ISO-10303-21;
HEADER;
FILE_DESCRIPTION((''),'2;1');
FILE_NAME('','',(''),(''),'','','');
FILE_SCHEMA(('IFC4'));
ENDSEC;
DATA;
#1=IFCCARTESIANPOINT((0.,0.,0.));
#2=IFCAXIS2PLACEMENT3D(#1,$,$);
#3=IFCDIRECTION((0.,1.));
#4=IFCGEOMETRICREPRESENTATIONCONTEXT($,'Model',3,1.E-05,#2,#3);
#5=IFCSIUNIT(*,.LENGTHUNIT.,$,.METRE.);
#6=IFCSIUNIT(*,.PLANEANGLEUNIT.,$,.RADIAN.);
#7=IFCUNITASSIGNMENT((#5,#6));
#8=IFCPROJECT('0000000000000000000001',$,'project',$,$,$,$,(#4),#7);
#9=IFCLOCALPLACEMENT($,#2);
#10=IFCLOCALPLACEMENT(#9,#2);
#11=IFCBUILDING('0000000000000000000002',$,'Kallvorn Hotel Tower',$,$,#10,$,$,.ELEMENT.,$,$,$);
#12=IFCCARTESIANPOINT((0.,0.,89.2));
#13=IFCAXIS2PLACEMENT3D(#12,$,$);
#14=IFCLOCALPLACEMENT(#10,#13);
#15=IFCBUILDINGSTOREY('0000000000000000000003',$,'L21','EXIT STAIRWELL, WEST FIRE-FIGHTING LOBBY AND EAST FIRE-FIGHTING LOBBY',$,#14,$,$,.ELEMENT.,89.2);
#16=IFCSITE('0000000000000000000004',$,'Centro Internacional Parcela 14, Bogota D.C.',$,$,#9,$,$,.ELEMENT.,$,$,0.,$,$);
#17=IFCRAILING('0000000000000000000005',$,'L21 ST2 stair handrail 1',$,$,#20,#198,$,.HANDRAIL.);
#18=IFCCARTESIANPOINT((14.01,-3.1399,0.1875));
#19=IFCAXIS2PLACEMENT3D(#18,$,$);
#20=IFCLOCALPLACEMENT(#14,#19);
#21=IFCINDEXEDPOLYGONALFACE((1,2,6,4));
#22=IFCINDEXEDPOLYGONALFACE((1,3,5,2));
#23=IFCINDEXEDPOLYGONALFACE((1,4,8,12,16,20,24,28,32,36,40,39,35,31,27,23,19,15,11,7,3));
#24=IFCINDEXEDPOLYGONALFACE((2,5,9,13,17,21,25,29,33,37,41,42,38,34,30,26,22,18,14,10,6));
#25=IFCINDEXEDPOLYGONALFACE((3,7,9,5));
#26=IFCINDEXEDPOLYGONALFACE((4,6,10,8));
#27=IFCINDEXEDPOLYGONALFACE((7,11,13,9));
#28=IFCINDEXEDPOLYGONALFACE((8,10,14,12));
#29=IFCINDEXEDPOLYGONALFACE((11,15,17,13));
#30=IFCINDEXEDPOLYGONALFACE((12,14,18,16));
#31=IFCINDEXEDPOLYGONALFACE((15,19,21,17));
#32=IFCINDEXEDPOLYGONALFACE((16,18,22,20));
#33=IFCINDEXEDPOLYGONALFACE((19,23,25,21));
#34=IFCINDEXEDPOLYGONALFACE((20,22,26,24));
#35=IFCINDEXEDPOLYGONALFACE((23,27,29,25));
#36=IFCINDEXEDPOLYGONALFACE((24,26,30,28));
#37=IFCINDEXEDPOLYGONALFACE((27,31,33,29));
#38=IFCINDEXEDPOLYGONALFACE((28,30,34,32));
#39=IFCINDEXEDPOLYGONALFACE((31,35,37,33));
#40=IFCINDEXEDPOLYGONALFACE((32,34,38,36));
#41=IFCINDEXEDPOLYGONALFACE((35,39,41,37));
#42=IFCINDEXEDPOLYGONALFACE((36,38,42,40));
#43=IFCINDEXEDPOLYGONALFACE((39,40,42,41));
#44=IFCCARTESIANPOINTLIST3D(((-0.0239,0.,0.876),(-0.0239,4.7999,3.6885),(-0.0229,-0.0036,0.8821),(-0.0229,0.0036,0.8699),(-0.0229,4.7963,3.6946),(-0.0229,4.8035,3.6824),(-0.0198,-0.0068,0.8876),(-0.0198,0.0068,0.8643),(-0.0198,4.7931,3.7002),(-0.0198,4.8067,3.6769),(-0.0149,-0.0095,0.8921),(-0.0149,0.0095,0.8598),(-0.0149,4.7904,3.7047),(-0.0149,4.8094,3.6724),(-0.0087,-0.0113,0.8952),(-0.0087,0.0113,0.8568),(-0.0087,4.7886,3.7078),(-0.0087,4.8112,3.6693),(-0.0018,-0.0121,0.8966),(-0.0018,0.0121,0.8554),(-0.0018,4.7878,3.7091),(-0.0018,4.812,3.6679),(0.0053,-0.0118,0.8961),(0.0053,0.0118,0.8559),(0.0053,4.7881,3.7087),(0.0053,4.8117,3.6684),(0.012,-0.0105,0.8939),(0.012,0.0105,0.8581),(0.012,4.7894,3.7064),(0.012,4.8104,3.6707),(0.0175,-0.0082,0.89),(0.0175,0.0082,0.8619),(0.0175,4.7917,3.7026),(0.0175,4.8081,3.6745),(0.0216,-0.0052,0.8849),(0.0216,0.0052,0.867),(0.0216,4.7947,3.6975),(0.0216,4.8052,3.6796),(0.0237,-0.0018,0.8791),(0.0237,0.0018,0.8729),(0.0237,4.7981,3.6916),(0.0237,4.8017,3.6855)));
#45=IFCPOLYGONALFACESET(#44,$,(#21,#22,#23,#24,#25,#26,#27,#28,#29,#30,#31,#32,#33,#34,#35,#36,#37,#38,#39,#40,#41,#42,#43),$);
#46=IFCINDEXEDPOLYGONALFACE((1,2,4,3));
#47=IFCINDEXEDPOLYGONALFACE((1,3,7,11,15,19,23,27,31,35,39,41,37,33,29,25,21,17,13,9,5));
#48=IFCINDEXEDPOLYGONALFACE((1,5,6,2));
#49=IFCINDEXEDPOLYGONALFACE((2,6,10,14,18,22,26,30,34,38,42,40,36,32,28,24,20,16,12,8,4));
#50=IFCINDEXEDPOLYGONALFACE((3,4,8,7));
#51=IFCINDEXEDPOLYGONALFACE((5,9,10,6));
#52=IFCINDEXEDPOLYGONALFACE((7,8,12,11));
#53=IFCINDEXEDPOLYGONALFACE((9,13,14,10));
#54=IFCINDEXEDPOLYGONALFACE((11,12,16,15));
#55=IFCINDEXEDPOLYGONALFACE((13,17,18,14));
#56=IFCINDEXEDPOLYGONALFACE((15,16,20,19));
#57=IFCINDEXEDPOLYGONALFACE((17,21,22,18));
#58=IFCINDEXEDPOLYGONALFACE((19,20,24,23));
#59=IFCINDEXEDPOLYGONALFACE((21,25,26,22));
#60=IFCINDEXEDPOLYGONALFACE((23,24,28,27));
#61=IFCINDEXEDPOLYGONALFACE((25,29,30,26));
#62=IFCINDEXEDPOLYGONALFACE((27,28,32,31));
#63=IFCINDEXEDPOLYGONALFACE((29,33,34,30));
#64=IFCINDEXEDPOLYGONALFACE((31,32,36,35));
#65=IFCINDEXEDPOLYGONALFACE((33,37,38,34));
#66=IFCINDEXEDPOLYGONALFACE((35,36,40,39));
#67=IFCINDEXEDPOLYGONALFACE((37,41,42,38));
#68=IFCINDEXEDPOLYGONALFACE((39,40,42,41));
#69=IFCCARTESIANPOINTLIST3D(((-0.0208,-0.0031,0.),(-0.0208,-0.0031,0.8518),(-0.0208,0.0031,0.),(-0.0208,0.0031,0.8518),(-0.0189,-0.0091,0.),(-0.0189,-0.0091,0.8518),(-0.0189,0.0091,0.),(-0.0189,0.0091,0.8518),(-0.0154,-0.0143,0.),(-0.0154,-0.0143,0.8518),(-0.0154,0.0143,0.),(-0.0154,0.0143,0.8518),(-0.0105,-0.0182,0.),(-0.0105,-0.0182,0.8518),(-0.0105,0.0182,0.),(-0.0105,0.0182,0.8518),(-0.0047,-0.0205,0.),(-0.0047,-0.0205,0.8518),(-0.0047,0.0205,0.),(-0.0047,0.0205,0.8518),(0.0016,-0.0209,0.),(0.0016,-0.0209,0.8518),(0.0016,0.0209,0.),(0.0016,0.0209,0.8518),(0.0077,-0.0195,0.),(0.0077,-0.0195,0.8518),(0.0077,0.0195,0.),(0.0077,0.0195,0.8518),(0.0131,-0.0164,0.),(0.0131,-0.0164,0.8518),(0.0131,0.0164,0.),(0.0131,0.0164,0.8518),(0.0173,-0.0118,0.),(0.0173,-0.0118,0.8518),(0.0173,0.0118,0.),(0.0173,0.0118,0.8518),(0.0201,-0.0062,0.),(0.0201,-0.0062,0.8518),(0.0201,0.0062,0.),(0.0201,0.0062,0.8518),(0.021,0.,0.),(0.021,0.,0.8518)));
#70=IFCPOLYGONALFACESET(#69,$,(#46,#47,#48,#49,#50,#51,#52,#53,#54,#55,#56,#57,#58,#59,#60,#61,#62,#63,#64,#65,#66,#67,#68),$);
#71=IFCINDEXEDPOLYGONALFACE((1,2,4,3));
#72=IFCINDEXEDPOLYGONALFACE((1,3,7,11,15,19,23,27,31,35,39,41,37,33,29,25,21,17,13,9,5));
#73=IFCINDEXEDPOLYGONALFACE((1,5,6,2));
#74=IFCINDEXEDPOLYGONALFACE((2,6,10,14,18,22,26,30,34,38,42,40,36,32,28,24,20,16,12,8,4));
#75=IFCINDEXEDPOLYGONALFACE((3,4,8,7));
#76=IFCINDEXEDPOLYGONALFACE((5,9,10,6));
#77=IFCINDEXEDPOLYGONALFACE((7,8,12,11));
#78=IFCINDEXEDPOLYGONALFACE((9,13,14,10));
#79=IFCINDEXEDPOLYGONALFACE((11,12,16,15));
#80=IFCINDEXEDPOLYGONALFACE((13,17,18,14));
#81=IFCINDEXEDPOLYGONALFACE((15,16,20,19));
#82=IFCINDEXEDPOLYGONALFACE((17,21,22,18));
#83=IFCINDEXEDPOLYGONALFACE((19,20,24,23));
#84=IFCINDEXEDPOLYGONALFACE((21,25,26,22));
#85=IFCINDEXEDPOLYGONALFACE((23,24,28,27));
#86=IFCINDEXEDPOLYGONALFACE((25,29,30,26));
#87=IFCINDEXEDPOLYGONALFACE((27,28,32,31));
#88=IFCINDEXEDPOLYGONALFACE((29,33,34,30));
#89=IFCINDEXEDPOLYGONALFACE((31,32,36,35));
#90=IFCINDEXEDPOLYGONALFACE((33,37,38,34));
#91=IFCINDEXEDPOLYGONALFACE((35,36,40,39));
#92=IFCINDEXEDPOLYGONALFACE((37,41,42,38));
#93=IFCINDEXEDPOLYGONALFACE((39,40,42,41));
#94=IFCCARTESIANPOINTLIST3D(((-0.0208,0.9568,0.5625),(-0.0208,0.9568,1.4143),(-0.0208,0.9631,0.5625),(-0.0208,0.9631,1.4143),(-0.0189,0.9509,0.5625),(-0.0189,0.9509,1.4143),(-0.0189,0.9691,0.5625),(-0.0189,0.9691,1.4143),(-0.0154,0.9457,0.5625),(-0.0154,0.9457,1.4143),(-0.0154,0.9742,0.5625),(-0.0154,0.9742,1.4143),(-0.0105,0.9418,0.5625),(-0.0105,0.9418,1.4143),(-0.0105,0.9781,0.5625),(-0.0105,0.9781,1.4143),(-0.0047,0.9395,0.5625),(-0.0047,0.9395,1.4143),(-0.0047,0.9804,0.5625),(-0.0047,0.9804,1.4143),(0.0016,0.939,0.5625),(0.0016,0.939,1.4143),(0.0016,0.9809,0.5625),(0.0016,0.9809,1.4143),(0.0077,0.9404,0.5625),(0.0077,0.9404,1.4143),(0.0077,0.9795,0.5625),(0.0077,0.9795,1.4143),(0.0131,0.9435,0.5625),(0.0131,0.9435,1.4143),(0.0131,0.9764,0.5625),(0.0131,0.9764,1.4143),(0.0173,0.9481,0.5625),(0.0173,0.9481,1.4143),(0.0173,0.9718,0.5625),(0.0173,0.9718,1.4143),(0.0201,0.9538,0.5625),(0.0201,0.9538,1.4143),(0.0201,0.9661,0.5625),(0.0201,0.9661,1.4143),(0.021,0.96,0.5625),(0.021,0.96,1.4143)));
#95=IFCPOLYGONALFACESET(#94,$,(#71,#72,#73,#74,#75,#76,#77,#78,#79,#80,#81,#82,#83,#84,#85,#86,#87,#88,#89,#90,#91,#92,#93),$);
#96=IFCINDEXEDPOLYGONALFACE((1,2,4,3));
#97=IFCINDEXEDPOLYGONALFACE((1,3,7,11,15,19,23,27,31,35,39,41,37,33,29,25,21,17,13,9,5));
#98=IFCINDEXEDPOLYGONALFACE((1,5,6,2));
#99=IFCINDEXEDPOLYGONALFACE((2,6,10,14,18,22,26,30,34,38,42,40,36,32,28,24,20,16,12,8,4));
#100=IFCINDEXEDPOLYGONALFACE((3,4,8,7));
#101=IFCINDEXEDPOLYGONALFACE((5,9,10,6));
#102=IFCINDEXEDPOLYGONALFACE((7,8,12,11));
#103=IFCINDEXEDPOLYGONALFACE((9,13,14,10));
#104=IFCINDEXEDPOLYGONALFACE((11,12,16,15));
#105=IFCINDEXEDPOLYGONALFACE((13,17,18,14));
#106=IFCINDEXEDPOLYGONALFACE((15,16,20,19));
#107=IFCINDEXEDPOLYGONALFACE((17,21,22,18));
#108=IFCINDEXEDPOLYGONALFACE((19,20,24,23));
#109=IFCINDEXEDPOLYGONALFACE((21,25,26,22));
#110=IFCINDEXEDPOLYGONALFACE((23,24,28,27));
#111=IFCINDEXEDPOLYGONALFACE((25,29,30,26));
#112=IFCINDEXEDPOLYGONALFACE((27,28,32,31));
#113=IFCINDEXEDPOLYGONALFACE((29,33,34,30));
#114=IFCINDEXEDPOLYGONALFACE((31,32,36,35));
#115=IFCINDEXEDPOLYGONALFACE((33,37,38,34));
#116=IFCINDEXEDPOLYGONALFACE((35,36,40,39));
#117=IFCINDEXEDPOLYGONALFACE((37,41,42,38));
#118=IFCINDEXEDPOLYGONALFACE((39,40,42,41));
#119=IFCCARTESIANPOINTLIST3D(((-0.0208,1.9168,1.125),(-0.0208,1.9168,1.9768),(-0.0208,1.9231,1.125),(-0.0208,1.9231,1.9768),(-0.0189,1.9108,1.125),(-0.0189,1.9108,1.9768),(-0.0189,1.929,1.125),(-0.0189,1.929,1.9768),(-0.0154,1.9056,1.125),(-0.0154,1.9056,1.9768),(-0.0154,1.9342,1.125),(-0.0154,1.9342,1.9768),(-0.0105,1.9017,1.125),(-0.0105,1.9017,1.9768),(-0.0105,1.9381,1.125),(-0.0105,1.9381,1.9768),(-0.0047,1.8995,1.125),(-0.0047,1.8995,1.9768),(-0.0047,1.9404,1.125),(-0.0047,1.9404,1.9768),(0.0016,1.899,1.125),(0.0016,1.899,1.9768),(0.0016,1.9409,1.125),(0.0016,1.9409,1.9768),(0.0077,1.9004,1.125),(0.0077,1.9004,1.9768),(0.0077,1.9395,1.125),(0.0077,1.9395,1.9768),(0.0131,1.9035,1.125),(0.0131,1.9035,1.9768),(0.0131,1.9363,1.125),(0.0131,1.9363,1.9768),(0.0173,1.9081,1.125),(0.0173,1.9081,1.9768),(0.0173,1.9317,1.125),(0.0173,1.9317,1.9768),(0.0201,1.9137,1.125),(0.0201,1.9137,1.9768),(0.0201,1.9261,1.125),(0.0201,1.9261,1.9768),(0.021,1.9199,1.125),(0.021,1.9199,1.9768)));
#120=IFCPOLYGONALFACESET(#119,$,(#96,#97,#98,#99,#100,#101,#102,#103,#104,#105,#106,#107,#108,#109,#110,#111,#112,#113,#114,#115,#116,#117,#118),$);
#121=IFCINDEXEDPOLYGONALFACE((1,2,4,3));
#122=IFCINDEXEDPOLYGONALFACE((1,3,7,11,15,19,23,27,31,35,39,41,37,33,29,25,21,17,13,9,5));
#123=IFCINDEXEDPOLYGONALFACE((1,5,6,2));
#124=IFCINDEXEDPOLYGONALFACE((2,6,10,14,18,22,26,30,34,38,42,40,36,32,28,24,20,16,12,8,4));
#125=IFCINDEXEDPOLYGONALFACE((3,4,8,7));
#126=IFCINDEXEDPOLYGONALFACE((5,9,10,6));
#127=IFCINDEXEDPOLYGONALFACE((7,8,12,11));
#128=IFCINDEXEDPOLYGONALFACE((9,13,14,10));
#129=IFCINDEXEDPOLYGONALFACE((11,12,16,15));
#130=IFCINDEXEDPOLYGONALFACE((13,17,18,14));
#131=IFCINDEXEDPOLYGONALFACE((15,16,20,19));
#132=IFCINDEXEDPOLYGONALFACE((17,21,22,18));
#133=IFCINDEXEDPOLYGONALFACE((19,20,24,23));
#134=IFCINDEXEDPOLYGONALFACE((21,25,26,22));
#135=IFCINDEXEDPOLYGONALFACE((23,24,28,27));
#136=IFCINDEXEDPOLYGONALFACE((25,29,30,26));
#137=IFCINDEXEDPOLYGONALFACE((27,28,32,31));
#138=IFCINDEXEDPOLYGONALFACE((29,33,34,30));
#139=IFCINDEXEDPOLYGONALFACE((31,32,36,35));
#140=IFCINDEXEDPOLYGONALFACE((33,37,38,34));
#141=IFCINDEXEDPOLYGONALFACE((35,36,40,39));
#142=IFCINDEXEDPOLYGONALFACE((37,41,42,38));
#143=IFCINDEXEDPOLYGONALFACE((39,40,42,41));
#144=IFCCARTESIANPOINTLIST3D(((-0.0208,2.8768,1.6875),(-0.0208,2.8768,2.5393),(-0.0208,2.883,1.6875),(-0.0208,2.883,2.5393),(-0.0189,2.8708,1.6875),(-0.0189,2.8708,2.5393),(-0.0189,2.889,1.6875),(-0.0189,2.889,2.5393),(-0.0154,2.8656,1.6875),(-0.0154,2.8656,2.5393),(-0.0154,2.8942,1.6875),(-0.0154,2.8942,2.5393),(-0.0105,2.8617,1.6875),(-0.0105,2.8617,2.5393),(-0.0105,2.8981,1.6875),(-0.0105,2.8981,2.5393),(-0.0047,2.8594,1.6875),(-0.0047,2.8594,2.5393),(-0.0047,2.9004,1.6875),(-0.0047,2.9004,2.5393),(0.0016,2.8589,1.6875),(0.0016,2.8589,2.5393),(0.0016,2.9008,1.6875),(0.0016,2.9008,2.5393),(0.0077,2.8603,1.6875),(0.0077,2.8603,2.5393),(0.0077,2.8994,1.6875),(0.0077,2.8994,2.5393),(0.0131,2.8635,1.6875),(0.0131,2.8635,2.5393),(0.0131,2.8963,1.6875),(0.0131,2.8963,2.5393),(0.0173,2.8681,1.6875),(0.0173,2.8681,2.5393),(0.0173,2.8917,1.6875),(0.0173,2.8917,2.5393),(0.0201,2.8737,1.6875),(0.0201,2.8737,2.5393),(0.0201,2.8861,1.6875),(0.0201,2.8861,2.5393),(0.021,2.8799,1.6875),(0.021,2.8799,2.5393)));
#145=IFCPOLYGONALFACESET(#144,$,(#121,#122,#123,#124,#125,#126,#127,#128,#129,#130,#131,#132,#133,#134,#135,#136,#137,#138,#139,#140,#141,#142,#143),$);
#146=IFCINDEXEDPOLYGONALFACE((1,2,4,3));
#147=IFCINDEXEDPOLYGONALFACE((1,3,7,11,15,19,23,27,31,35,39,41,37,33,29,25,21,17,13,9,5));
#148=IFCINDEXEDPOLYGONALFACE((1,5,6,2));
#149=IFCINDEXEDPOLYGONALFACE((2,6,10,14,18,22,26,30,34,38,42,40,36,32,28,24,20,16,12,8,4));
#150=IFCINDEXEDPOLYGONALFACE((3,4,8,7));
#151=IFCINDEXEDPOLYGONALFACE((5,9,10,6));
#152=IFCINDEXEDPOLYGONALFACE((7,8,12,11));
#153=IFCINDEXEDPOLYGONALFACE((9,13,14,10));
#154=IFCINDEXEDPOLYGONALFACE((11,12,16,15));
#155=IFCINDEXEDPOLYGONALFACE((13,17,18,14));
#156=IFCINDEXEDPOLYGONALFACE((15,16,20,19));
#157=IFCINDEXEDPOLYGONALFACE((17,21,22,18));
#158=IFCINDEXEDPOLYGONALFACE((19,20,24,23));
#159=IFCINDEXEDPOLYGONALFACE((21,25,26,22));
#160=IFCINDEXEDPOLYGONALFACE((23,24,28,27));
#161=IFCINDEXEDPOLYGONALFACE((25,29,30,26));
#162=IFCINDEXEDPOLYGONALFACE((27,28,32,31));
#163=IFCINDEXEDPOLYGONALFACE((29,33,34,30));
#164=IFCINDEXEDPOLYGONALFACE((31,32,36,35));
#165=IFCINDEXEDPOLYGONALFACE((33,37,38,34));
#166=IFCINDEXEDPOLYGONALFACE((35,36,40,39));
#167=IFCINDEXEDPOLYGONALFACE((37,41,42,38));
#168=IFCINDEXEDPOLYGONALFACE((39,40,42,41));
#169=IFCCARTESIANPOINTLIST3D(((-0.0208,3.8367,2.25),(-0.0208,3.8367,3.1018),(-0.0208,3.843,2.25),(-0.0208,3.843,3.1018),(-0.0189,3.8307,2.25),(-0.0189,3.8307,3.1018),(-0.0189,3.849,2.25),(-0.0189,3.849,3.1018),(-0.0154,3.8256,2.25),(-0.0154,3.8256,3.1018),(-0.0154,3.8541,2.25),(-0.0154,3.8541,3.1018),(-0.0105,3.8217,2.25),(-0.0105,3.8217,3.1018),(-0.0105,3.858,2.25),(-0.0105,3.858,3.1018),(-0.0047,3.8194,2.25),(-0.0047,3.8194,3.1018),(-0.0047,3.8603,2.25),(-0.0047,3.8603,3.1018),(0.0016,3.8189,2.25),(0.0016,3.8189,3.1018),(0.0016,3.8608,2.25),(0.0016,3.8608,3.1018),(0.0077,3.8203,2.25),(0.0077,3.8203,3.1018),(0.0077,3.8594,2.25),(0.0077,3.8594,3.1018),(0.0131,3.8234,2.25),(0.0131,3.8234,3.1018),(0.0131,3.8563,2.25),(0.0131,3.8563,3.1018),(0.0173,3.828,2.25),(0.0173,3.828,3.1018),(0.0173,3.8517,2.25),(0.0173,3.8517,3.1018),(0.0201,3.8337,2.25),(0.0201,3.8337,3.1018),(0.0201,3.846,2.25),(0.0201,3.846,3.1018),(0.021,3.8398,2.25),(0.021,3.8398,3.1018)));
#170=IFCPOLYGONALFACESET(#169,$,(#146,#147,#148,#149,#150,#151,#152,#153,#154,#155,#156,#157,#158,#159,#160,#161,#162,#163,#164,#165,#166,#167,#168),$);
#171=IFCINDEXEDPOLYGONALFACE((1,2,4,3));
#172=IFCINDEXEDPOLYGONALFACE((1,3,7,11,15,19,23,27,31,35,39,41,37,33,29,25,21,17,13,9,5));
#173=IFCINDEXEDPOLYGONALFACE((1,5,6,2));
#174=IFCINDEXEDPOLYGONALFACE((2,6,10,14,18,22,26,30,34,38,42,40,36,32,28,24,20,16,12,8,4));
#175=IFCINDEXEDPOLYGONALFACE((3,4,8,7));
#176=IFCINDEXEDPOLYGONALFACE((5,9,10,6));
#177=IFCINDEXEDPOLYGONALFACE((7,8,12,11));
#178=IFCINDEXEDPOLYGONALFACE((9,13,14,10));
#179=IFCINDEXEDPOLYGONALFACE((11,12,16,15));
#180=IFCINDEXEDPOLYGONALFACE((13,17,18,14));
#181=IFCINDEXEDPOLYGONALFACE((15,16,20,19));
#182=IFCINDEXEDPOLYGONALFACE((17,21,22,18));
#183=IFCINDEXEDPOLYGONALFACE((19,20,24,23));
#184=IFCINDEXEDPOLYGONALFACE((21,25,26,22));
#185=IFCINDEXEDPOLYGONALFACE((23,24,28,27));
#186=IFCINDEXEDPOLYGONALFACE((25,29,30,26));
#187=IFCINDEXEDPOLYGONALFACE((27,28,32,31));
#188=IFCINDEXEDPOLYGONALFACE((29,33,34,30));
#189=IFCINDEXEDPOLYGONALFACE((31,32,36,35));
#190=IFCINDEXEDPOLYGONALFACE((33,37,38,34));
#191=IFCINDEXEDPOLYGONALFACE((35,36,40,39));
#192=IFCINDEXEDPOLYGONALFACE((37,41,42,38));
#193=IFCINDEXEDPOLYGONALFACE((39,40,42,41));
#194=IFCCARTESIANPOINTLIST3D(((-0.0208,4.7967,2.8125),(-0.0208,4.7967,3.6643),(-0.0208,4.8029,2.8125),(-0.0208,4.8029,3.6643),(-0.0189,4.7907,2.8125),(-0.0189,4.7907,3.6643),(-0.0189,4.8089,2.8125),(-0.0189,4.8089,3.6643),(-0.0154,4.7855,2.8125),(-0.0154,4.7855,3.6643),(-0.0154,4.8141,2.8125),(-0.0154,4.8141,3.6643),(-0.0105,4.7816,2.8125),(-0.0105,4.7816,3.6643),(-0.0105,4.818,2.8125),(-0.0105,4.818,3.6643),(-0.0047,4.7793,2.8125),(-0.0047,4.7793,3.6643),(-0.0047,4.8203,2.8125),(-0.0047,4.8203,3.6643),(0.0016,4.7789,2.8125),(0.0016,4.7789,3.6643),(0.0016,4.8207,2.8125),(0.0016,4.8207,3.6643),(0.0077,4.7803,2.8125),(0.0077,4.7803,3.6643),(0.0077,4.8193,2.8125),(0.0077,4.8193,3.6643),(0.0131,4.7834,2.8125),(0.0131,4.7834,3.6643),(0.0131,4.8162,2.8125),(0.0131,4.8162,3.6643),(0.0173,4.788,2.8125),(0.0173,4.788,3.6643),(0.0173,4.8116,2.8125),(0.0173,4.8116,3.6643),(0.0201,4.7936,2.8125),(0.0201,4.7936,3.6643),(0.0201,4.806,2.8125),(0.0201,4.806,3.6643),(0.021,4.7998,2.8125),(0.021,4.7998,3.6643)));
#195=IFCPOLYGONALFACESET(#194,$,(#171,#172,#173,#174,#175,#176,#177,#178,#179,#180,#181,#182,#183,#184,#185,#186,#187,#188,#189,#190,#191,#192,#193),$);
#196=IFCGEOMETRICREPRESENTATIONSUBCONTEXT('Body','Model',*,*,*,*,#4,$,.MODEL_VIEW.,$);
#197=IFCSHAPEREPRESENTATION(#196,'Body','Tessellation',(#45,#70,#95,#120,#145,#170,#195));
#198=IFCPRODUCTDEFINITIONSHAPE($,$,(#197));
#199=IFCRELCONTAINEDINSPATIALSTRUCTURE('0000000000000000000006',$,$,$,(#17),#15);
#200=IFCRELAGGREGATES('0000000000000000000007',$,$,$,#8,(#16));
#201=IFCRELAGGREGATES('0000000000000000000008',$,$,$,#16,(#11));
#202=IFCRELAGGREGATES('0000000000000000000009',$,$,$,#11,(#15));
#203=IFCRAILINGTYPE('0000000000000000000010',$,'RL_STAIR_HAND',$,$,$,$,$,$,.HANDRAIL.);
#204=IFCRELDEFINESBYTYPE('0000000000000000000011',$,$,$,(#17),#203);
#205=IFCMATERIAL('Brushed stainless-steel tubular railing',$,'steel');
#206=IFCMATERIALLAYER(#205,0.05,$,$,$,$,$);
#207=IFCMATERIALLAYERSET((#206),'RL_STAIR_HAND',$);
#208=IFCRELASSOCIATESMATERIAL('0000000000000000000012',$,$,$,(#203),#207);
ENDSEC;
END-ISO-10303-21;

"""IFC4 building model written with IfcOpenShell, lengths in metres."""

from ifc_helpers import new_model, si_unit, direction, frame, origin, origin_2d, place, context, subcontext, project, spatial, circle, extrude, material, layer, layer_set, type_object, element, save


model = new_model("IFC4")

# Units and contexts
model_context = context("Model", 3, precision=1e-05, world=origin(), true_north=direction((0.0, 1.0)))
body_context = subcontext(model_context, "Body", "Model", "MODEL_VIEW")
ifc_project = project(units=[si_unit("LENGTHUNIT", "METRE"), si_unit("PLANEANGLEUNIT", "RADIAN")], contexts=[model_context])

# Site, building, storey
site_placement = place(None, origin())
site = spatial("IfcSite", under=ifc_project, at=site_placement, Name="Centro Internacional Parcela 14, Bogota D.C.", CompositionType="ELEMENT", RefElevation=0.0)
building_placement = place(site_placement, origin())
building = spatial("IfcBuilding", under=site, at=building_placement, Name="Kallvorn Hotel Tower", CompositionType="ELEMENT")
storey_placement = place(building_placement, frame((0.0, 0.0, 89.2)))
storey = spatial("IfcBuildingStorey", under=building, at=storey_placement, Name="L21", Description="EXIT STAIRWELL, WEST FIRE-FIGHTING LOBBY AND EAST FIRE-FIGHTING LOBBY", CompositionType="ELEMENT", Elevation=89.2)

# Railing
ifc_material_1 = material(Name="Brushed stainless-steel tubular railing", Category="steel")
ifc_layer_1 = layer(ifc_material_1, 0.05)
ifc_layer_set_1 = layer_set([ifc_layer_1], Name="RL_STAIR_HAND")
railing_type_1 = type_object("IfcRailingType", Name="RL_STAIR_HAND", PredefinedType="HANDRAIL", material=ifc_layer_set_1)
railing_1_placement = place(storey_placement, frame((14.01, -3.1399, 0.1875)))
element("IfcRailing", 1, at=railing_1_placement, inside=storey, type_object=railing_type_1, Name="L21 ST2 stair handrail 1", PredefinedType="HANDRAIL", context=body_context, shape_type="SweptSolid", body=[
    extrude(circle(Radius=0.0239, at=origin_2d()), frame((0.0, 0.0, 0.876), z_axis=(0.0, 0.86279, 0.505562), x_axis=(-1.0, 0.0, 0.0)), (0.0, 0.0, 1.0), 5.5632),
    extrude(circle(Radius=0.021, at=origin_2d()), origin(), (0.0, 0.0, 1.0), 0.8518),
    extrude(circle(Radius=0.021, at=origin_2d()), frame((0.0, 0.96, 0.5625)), (0.0, 0.0, 1.0), 0.8518),
    extrude(circle(Radius=0.021, at=origin_2d()), frame((0.0, 1.9199, 1.125)), (0.0, 0.0, 1.0), 0.8518),
    extrude(circle(Radius=0.021, at=origin_2d()), frame((0.0, 2.8799, 1.6875)), (0.0, 0.0, 1.0), 0.8518),
    extrude(circle(Radius=0.021, at=origin_2d()), frame((0.0, 3.8398, 2.25)), (0.0, 0.0, 1.0), 0.8518),
    extrude(circle(Radius=0.021, at=origin_2d()), frame((0.0, 4.7998, 2.8125)), (0.0, 0.0, 1.0), 0.8518),
])

save(model, "model.ifc")
